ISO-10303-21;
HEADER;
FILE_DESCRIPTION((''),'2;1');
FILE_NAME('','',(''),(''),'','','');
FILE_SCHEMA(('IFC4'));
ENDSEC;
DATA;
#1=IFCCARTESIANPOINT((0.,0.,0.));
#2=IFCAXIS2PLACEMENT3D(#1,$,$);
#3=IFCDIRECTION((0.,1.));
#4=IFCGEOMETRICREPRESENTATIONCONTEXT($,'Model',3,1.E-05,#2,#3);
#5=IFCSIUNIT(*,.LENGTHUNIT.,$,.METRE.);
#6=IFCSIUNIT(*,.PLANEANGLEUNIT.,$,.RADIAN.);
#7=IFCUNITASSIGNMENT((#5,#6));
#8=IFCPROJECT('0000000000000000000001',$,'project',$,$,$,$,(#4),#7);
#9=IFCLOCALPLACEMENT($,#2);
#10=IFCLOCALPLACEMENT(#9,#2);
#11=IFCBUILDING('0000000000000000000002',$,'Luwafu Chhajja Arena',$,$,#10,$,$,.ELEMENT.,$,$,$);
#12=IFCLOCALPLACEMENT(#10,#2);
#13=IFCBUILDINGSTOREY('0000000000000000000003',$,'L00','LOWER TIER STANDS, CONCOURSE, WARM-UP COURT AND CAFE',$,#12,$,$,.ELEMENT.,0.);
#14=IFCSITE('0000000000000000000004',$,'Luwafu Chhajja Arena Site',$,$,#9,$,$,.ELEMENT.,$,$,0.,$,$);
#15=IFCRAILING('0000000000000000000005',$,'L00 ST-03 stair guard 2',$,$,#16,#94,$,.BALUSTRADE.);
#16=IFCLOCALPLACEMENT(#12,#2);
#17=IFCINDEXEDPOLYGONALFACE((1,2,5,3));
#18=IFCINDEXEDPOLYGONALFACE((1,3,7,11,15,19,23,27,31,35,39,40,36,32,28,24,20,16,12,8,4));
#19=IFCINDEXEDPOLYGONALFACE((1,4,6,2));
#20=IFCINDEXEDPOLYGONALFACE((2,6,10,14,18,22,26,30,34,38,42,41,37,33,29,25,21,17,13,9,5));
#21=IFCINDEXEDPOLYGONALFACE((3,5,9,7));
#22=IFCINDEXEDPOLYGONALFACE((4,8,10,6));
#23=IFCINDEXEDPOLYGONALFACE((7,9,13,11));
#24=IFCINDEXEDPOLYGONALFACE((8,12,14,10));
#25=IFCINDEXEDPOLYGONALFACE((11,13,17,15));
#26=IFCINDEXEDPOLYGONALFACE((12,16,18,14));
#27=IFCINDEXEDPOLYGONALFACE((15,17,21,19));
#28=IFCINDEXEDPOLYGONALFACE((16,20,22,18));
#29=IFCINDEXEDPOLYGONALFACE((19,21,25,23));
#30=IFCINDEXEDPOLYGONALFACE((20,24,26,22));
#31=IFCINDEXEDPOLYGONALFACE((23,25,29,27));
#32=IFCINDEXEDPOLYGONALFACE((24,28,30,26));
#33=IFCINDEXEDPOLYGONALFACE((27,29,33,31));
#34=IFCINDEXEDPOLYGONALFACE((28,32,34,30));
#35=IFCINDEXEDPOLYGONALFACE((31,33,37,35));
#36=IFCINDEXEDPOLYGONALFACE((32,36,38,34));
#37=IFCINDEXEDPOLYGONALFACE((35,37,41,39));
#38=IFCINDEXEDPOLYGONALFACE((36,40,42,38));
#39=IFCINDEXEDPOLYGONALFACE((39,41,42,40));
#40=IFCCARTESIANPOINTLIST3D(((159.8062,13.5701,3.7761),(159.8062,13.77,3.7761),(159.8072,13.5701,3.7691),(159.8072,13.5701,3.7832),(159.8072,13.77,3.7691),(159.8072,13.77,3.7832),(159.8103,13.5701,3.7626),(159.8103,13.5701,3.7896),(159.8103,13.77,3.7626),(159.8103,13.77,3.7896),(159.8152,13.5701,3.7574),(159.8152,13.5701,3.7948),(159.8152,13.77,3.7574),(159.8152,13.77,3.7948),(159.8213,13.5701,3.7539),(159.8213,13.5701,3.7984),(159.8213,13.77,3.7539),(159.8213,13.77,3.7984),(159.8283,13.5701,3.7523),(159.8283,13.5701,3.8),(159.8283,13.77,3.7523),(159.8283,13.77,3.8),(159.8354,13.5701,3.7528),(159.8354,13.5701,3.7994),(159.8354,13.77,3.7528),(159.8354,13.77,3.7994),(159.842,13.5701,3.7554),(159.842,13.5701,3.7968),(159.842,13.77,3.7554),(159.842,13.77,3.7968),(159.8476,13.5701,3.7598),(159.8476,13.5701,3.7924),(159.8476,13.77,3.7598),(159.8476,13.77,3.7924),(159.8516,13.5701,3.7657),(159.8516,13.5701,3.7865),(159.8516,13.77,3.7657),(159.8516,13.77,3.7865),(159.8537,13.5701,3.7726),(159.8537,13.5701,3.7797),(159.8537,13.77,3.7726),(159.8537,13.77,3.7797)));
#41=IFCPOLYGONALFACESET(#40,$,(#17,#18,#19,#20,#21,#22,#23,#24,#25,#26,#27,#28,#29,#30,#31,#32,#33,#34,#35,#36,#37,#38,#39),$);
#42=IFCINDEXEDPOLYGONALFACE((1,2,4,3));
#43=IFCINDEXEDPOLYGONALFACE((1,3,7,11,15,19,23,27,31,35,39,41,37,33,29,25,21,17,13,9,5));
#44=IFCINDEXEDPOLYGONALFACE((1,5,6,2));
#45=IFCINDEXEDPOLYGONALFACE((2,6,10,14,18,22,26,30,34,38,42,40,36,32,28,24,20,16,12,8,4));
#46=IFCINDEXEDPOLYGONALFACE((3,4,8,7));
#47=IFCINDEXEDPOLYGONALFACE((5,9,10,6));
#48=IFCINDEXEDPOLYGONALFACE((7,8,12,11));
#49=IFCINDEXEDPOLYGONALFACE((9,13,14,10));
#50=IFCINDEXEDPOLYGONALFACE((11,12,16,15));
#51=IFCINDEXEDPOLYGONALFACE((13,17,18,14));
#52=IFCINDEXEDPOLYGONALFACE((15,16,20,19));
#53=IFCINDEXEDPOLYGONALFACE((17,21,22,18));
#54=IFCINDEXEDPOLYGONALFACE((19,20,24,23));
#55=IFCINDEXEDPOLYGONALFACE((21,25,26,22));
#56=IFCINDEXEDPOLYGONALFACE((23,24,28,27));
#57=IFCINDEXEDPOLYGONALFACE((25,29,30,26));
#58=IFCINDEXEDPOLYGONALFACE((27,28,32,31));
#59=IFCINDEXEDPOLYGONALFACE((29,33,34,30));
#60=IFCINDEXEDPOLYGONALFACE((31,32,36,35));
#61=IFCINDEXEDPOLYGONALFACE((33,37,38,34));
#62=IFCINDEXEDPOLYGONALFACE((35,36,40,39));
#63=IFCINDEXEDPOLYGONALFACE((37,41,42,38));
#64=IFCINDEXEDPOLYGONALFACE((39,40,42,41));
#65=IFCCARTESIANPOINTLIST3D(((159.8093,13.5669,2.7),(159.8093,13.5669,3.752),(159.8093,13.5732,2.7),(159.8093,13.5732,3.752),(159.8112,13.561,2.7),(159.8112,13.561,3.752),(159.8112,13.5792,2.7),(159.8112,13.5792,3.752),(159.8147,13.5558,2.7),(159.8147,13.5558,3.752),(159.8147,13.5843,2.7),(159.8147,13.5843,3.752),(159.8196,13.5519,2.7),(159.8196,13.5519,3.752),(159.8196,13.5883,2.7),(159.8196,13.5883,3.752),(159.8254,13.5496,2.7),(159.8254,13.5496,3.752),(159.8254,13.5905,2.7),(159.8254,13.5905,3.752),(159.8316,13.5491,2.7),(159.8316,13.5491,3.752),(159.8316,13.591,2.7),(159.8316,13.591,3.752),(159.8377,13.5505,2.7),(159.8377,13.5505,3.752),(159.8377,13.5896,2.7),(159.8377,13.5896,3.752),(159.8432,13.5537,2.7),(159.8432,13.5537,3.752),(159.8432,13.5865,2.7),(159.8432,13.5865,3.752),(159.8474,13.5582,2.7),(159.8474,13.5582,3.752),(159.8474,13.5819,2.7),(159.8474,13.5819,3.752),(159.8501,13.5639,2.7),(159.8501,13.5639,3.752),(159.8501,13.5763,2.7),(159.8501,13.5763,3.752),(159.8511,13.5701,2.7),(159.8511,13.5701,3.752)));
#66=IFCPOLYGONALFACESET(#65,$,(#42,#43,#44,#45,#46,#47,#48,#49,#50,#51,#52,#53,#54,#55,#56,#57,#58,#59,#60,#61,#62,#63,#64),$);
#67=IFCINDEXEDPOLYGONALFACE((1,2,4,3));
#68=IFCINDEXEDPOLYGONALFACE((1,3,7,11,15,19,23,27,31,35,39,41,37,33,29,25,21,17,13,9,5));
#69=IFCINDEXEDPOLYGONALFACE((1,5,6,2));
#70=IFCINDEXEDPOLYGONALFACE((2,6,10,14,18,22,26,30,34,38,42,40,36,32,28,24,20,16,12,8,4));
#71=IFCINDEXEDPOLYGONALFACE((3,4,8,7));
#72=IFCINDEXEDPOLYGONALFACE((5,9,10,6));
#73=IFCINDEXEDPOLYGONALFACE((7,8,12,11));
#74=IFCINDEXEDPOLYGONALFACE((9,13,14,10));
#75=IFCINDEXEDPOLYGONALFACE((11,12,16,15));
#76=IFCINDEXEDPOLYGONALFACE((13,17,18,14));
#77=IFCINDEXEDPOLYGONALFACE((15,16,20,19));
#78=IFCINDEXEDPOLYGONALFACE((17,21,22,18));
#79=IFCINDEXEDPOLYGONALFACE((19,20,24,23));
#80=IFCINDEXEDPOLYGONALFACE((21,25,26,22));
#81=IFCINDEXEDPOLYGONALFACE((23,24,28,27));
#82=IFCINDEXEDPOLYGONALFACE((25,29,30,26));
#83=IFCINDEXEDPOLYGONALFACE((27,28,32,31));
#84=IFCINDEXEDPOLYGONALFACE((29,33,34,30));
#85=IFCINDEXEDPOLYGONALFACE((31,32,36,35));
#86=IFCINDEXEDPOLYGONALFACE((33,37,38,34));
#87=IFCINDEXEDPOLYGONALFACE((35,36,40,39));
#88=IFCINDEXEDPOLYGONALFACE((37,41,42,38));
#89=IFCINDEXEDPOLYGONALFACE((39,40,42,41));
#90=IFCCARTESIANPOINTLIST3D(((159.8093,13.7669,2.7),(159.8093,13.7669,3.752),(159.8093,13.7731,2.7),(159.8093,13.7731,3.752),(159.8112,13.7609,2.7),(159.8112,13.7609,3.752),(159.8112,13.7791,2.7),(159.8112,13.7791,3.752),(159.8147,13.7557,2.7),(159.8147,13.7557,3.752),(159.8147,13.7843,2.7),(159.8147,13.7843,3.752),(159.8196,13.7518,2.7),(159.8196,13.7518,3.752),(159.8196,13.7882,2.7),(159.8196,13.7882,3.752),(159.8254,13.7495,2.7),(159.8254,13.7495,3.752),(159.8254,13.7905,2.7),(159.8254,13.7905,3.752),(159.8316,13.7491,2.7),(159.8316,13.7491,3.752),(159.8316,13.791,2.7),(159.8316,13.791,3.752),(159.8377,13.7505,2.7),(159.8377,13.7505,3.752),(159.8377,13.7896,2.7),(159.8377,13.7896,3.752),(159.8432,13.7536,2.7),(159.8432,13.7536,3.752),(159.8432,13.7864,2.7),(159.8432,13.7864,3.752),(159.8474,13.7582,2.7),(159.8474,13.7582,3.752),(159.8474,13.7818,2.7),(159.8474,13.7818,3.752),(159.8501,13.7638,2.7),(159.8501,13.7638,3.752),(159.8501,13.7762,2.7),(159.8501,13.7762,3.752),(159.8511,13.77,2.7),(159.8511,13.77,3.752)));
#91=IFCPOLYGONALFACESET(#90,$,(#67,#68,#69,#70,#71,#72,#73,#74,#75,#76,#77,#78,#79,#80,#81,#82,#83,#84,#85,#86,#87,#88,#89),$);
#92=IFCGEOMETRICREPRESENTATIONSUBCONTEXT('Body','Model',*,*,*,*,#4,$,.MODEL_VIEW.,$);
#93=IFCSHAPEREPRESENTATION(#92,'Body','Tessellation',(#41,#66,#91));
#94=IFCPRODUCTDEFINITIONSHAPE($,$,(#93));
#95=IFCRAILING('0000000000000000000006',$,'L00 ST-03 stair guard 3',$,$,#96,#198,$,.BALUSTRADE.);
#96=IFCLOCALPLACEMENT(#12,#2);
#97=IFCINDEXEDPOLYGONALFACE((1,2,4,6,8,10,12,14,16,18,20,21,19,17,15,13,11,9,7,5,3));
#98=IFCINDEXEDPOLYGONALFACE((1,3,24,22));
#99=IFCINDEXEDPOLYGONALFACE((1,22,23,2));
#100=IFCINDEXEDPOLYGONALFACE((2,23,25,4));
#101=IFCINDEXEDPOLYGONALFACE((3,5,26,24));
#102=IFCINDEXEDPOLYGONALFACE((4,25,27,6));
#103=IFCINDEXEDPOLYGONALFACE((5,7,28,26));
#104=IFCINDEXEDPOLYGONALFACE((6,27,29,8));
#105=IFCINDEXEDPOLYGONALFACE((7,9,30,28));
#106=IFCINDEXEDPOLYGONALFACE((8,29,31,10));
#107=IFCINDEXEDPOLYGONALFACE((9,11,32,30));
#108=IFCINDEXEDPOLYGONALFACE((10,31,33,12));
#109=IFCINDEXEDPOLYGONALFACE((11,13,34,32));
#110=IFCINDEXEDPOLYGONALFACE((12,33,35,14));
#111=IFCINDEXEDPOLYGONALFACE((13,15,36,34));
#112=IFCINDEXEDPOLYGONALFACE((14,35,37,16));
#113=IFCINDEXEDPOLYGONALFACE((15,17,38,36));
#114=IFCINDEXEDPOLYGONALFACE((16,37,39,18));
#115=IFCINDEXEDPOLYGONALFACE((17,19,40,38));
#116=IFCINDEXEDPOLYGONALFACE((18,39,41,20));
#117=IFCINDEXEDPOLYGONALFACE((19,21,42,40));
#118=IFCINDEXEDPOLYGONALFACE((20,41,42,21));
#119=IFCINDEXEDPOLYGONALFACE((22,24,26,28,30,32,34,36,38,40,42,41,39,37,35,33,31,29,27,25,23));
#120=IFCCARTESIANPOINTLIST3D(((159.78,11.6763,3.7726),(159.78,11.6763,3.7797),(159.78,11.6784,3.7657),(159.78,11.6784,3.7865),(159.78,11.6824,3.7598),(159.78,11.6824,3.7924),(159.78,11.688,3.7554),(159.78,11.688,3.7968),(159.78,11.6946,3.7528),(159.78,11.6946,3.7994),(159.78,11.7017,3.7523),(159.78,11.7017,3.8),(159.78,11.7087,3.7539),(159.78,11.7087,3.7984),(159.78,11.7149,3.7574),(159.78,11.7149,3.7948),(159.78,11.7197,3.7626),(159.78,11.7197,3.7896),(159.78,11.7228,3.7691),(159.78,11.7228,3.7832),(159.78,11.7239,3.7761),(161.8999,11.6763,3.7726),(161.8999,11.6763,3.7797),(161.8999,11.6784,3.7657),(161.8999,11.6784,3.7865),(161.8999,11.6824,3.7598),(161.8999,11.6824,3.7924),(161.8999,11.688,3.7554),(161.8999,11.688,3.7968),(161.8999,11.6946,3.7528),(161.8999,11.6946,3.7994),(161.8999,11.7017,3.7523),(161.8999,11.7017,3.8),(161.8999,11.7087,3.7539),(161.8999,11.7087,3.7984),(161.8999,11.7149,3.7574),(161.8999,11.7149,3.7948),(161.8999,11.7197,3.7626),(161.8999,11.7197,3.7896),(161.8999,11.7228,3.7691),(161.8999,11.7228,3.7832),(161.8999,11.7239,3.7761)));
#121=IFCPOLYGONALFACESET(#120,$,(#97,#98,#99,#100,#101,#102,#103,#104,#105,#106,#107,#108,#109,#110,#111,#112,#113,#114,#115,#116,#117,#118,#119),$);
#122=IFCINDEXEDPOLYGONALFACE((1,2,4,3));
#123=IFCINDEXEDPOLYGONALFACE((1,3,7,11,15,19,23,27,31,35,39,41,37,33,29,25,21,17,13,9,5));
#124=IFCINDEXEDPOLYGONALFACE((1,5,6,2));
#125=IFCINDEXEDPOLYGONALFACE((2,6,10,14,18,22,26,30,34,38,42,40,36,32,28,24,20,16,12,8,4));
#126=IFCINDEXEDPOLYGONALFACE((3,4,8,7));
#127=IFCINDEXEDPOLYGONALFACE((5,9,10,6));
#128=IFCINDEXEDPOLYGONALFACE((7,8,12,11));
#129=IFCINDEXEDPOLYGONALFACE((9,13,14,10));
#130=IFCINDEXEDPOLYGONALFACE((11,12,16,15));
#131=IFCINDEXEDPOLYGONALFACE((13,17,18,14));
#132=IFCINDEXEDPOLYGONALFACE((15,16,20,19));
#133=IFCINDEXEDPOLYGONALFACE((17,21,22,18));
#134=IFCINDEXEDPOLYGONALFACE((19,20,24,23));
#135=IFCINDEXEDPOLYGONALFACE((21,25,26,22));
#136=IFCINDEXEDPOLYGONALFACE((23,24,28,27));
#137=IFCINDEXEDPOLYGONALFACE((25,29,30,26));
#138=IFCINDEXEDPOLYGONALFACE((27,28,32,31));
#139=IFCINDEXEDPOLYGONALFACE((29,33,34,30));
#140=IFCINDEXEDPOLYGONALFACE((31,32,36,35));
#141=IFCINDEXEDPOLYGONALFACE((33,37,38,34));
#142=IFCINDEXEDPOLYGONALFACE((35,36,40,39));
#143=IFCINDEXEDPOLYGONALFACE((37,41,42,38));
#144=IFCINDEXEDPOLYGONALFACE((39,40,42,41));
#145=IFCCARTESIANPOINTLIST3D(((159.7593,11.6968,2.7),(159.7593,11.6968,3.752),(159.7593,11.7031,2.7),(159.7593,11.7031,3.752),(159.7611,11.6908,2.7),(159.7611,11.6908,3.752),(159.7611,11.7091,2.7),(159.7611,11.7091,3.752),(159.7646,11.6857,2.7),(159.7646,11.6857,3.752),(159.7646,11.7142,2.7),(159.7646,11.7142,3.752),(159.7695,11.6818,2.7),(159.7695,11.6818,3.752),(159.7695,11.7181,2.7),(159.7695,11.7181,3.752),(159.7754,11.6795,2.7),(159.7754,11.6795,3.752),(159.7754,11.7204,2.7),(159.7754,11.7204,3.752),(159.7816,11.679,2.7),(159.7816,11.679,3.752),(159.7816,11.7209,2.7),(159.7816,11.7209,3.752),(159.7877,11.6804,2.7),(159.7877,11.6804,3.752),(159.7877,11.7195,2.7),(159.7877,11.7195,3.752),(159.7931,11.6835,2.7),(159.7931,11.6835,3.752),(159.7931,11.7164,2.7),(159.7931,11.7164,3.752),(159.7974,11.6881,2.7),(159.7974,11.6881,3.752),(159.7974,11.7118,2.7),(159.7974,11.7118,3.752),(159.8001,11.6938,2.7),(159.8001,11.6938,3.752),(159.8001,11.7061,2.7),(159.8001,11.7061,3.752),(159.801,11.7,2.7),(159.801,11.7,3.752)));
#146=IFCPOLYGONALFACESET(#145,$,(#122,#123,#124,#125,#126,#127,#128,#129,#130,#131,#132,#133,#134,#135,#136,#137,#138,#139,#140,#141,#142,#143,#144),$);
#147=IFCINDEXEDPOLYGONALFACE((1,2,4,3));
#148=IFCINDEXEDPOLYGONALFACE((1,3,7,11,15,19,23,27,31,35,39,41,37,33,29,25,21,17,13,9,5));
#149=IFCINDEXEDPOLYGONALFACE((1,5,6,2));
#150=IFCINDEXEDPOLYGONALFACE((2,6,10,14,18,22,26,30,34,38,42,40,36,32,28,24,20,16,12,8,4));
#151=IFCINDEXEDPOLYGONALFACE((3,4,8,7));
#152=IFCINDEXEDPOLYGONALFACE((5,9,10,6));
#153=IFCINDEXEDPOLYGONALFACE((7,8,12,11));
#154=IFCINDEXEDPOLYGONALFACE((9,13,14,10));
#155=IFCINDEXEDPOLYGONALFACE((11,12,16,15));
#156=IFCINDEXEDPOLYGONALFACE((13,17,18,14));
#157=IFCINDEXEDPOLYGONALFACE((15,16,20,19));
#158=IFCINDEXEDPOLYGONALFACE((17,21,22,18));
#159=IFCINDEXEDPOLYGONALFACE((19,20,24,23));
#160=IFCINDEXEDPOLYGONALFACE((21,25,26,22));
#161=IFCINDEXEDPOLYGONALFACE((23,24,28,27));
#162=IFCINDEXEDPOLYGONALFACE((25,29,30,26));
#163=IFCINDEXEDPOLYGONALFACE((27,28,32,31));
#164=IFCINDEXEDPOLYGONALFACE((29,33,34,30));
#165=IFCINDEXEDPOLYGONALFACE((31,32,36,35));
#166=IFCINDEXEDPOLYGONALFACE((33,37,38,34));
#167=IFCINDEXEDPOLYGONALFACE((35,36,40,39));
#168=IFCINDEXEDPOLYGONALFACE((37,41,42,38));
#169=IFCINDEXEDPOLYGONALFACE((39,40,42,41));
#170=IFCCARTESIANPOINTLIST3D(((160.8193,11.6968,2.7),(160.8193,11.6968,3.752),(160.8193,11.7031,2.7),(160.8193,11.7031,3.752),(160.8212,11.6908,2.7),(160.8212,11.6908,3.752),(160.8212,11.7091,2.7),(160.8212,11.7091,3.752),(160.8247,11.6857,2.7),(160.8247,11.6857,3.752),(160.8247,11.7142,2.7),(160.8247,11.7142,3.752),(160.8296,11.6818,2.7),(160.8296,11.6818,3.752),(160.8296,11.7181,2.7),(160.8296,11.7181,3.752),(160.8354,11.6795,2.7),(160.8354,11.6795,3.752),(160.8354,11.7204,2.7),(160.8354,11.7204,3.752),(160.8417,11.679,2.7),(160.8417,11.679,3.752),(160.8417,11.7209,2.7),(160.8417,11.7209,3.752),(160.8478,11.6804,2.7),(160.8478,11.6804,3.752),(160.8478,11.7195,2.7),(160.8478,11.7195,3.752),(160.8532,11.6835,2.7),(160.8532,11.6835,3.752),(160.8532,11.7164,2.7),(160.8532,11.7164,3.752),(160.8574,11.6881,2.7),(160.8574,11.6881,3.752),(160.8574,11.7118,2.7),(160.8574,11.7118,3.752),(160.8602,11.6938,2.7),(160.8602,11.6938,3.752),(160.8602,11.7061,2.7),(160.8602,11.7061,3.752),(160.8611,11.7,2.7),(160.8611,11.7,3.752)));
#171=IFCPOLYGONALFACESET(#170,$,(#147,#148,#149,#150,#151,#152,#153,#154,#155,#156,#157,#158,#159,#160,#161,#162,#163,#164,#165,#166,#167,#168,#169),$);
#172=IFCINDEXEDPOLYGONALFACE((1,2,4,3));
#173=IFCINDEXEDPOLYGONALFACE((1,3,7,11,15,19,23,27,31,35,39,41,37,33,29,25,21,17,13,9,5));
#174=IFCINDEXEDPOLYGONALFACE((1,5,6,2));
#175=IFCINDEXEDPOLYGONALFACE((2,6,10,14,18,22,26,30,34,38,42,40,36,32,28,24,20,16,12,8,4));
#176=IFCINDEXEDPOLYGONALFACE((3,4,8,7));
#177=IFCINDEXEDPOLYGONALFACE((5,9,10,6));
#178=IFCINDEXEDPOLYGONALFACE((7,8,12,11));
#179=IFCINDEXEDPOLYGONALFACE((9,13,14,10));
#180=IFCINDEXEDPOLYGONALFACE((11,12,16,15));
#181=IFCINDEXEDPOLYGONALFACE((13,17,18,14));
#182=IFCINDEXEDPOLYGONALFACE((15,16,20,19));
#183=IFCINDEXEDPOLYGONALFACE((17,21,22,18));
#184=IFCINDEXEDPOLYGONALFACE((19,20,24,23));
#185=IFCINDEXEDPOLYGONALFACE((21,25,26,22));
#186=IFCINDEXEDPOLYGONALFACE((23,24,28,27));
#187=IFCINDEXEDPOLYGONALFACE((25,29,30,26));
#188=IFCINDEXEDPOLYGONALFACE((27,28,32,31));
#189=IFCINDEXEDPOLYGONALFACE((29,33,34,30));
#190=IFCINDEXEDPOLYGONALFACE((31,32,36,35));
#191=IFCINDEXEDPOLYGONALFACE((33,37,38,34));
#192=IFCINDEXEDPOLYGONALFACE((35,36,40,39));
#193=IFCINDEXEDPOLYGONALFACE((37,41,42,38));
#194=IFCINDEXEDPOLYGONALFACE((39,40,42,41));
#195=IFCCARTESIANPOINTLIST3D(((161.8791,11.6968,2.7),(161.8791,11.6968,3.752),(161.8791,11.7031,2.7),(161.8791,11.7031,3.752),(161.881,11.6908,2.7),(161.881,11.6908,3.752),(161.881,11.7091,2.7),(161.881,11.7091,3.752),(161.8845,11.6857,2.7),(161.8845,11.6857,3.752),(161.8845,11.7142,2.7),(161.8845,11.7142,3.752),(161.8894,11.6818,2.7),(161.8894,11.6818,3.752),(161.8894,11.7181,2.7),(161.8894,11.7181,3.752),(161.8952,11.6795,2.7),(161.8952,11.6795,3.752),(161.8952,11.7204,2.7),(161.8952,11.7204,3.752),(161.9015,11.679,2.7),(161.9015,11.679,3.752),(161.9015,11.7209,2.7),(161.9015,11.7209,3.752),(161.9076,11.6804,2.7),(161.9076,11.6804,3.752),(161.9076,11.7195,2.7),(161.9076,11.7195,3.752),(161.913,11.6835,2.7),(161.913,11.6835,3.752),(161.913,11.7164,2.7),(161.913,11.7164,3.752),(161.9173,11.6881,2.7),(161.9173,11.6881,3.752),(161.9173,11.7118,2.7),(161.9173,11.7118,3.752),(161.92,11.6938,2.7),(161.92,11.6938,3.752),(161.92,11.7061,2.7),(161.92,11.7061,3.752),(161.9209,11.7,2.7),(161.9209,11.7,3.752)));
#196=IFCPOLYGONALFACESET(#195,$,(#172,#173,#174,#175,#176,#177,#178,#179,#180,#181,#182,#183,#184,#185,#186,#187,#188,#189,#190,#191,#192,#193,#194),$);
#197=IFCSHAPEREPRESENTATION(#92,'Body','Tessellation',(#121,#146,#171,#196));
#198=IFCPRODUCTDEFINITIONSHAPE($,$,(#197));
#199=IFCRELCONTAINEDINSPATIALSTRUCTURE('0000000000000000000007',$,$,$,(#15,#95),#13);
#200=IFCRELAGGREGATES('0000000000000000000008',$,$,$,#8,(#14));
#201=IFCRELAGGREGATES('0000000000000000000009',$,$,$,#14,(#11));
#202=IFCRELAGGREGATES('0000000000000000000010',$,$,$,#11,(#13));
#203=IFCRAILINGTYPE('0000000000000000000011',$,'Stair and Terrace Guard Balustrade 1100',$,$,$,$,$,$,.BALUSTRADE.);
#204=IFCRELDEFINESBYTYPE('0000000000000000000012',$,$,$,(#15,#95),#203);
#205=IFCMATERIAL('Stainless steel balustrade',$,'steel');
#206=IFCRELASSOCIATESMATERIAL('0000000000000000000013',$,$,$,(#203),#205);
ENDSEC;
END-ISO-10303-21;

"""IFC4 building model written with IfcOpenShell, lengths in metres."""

from ifc_helpers import new_model, si_unit, direction, frame, origin, origin_2d, place, context, subcontext, project, spatial, circle, extrude, material, type_object, element, save


model = new_model("IFC4")

# Units and contexts
model_context = context("Model", 3, precision=1e-05, world=origin(), true_north=direction((0.0, 1.0)))
body_context = subcontext(model_context, "Body", "Model", "MODEL_VIEW")
ifc_project = project(units=[si_unit("LENGTHUNIT", "METRE"), si_unit("PLANEANGLEUNIT", "RADIAN")], contexts=[model_context])

# Site, building, storey
site_placement = place(None, origin())
site = spatial("IfcSite", under=ifc_project, at=site_placement, Name="Luwafu Chhajja Arena Site", CompositionType="ELEMENT", RefElevation=0.0)
building_placement = place(site_placement, origin())
building = spatial("IfcBuilding", under=site, at=building_placement, Name="Luwafu Chhajja Arena", CompositionType="ELEMENT")
storey_placement = place(building_placement, origin())
storey = spatial("IfcBuildingStorey", under=building, at=storey_placement, Name="L00", Description="LOWER TIER STANDS, CONCOURSE, WARM-UP COURT AND CAFE", CompositionType="ELEMENT", Elevation=0.0)

# Railings
ifc_material_1 = material(Name="Stainless steel balustrade", Category="steel")
railing_type_1 = type_object("IfcRailingType", Name="Stair and Terrace Guard Balustrade 1100", PredefinedType="BALUSTRADE", material=ifc_material_1)
railing_1_placement = place(storey_placement, frame((159.8301, 13.5701, 2.7)))
element("IfcRailing", 1, at=railing_1_placement, inside=storey, type_object=railing_type_1, Name="L00 ST-03 stair guard 2", PredefinedType="BALUSTRADE", context=body_context, shape_type="SweptSolid", body=[
    extrude(circle(Radius=0.0239, at=origin_2d()), frame((0.0, 0.0, 1.0762), z_axis=(0.0, 1.0, 0.0), x_axis=(-1.0, 0.0, 0.0)), (0.0, 0.0, 1.0), 0.2),
    extrude(circle(Radius=0.021, at=origin_2d()), origin(), (0.0, 0.0, 1.0), 1.052),
    extrude(circle(Radius=0.021, at=origin_2d()), frame((0.0, 0.2, 0.0)), (0.0, 0.0, 1.0), 1.052),
])
for number, where, name in (
    (2, (159.78, 11.7, 2.7), "L00 ST-03 stair guard 3"),
):
    element("IfcRailing", number, at=place(storey_placement, frame(where)), inside=storey, type_object=railing_type_1, Name=name, PredefinedType="BALUSTRADE", context=body_context, shape_type="SweptSolid", body=[
        extrude(circle(Radius=0.0239, at=origin_2d()), frame((0.0, 0.0, 1.0762), z_axis=(1.0, 0.0, 0.0), x_axis=(0.0, 1.0, 0.0)), (0.0, 0.0, 1.0), 2.1199),
        extrude(circle(Radius=0.021, at=origin_2d()), origin(), (0.0, 0.0, 1.0), 1.052),
        extrude(circle(Radius=0.021, at=origin_2d()), frame((1.0601, 0.0, 0.0)), (0.0, 0.0, 1.0), 1.052),
        extrude(circle(Radius=0.021, at=origin_2d()), frame((2.1199, 0.0, 0.0)), (0.0, 0.0, 1.0), 1.052),
    ])

save(model, "model.ifc")
